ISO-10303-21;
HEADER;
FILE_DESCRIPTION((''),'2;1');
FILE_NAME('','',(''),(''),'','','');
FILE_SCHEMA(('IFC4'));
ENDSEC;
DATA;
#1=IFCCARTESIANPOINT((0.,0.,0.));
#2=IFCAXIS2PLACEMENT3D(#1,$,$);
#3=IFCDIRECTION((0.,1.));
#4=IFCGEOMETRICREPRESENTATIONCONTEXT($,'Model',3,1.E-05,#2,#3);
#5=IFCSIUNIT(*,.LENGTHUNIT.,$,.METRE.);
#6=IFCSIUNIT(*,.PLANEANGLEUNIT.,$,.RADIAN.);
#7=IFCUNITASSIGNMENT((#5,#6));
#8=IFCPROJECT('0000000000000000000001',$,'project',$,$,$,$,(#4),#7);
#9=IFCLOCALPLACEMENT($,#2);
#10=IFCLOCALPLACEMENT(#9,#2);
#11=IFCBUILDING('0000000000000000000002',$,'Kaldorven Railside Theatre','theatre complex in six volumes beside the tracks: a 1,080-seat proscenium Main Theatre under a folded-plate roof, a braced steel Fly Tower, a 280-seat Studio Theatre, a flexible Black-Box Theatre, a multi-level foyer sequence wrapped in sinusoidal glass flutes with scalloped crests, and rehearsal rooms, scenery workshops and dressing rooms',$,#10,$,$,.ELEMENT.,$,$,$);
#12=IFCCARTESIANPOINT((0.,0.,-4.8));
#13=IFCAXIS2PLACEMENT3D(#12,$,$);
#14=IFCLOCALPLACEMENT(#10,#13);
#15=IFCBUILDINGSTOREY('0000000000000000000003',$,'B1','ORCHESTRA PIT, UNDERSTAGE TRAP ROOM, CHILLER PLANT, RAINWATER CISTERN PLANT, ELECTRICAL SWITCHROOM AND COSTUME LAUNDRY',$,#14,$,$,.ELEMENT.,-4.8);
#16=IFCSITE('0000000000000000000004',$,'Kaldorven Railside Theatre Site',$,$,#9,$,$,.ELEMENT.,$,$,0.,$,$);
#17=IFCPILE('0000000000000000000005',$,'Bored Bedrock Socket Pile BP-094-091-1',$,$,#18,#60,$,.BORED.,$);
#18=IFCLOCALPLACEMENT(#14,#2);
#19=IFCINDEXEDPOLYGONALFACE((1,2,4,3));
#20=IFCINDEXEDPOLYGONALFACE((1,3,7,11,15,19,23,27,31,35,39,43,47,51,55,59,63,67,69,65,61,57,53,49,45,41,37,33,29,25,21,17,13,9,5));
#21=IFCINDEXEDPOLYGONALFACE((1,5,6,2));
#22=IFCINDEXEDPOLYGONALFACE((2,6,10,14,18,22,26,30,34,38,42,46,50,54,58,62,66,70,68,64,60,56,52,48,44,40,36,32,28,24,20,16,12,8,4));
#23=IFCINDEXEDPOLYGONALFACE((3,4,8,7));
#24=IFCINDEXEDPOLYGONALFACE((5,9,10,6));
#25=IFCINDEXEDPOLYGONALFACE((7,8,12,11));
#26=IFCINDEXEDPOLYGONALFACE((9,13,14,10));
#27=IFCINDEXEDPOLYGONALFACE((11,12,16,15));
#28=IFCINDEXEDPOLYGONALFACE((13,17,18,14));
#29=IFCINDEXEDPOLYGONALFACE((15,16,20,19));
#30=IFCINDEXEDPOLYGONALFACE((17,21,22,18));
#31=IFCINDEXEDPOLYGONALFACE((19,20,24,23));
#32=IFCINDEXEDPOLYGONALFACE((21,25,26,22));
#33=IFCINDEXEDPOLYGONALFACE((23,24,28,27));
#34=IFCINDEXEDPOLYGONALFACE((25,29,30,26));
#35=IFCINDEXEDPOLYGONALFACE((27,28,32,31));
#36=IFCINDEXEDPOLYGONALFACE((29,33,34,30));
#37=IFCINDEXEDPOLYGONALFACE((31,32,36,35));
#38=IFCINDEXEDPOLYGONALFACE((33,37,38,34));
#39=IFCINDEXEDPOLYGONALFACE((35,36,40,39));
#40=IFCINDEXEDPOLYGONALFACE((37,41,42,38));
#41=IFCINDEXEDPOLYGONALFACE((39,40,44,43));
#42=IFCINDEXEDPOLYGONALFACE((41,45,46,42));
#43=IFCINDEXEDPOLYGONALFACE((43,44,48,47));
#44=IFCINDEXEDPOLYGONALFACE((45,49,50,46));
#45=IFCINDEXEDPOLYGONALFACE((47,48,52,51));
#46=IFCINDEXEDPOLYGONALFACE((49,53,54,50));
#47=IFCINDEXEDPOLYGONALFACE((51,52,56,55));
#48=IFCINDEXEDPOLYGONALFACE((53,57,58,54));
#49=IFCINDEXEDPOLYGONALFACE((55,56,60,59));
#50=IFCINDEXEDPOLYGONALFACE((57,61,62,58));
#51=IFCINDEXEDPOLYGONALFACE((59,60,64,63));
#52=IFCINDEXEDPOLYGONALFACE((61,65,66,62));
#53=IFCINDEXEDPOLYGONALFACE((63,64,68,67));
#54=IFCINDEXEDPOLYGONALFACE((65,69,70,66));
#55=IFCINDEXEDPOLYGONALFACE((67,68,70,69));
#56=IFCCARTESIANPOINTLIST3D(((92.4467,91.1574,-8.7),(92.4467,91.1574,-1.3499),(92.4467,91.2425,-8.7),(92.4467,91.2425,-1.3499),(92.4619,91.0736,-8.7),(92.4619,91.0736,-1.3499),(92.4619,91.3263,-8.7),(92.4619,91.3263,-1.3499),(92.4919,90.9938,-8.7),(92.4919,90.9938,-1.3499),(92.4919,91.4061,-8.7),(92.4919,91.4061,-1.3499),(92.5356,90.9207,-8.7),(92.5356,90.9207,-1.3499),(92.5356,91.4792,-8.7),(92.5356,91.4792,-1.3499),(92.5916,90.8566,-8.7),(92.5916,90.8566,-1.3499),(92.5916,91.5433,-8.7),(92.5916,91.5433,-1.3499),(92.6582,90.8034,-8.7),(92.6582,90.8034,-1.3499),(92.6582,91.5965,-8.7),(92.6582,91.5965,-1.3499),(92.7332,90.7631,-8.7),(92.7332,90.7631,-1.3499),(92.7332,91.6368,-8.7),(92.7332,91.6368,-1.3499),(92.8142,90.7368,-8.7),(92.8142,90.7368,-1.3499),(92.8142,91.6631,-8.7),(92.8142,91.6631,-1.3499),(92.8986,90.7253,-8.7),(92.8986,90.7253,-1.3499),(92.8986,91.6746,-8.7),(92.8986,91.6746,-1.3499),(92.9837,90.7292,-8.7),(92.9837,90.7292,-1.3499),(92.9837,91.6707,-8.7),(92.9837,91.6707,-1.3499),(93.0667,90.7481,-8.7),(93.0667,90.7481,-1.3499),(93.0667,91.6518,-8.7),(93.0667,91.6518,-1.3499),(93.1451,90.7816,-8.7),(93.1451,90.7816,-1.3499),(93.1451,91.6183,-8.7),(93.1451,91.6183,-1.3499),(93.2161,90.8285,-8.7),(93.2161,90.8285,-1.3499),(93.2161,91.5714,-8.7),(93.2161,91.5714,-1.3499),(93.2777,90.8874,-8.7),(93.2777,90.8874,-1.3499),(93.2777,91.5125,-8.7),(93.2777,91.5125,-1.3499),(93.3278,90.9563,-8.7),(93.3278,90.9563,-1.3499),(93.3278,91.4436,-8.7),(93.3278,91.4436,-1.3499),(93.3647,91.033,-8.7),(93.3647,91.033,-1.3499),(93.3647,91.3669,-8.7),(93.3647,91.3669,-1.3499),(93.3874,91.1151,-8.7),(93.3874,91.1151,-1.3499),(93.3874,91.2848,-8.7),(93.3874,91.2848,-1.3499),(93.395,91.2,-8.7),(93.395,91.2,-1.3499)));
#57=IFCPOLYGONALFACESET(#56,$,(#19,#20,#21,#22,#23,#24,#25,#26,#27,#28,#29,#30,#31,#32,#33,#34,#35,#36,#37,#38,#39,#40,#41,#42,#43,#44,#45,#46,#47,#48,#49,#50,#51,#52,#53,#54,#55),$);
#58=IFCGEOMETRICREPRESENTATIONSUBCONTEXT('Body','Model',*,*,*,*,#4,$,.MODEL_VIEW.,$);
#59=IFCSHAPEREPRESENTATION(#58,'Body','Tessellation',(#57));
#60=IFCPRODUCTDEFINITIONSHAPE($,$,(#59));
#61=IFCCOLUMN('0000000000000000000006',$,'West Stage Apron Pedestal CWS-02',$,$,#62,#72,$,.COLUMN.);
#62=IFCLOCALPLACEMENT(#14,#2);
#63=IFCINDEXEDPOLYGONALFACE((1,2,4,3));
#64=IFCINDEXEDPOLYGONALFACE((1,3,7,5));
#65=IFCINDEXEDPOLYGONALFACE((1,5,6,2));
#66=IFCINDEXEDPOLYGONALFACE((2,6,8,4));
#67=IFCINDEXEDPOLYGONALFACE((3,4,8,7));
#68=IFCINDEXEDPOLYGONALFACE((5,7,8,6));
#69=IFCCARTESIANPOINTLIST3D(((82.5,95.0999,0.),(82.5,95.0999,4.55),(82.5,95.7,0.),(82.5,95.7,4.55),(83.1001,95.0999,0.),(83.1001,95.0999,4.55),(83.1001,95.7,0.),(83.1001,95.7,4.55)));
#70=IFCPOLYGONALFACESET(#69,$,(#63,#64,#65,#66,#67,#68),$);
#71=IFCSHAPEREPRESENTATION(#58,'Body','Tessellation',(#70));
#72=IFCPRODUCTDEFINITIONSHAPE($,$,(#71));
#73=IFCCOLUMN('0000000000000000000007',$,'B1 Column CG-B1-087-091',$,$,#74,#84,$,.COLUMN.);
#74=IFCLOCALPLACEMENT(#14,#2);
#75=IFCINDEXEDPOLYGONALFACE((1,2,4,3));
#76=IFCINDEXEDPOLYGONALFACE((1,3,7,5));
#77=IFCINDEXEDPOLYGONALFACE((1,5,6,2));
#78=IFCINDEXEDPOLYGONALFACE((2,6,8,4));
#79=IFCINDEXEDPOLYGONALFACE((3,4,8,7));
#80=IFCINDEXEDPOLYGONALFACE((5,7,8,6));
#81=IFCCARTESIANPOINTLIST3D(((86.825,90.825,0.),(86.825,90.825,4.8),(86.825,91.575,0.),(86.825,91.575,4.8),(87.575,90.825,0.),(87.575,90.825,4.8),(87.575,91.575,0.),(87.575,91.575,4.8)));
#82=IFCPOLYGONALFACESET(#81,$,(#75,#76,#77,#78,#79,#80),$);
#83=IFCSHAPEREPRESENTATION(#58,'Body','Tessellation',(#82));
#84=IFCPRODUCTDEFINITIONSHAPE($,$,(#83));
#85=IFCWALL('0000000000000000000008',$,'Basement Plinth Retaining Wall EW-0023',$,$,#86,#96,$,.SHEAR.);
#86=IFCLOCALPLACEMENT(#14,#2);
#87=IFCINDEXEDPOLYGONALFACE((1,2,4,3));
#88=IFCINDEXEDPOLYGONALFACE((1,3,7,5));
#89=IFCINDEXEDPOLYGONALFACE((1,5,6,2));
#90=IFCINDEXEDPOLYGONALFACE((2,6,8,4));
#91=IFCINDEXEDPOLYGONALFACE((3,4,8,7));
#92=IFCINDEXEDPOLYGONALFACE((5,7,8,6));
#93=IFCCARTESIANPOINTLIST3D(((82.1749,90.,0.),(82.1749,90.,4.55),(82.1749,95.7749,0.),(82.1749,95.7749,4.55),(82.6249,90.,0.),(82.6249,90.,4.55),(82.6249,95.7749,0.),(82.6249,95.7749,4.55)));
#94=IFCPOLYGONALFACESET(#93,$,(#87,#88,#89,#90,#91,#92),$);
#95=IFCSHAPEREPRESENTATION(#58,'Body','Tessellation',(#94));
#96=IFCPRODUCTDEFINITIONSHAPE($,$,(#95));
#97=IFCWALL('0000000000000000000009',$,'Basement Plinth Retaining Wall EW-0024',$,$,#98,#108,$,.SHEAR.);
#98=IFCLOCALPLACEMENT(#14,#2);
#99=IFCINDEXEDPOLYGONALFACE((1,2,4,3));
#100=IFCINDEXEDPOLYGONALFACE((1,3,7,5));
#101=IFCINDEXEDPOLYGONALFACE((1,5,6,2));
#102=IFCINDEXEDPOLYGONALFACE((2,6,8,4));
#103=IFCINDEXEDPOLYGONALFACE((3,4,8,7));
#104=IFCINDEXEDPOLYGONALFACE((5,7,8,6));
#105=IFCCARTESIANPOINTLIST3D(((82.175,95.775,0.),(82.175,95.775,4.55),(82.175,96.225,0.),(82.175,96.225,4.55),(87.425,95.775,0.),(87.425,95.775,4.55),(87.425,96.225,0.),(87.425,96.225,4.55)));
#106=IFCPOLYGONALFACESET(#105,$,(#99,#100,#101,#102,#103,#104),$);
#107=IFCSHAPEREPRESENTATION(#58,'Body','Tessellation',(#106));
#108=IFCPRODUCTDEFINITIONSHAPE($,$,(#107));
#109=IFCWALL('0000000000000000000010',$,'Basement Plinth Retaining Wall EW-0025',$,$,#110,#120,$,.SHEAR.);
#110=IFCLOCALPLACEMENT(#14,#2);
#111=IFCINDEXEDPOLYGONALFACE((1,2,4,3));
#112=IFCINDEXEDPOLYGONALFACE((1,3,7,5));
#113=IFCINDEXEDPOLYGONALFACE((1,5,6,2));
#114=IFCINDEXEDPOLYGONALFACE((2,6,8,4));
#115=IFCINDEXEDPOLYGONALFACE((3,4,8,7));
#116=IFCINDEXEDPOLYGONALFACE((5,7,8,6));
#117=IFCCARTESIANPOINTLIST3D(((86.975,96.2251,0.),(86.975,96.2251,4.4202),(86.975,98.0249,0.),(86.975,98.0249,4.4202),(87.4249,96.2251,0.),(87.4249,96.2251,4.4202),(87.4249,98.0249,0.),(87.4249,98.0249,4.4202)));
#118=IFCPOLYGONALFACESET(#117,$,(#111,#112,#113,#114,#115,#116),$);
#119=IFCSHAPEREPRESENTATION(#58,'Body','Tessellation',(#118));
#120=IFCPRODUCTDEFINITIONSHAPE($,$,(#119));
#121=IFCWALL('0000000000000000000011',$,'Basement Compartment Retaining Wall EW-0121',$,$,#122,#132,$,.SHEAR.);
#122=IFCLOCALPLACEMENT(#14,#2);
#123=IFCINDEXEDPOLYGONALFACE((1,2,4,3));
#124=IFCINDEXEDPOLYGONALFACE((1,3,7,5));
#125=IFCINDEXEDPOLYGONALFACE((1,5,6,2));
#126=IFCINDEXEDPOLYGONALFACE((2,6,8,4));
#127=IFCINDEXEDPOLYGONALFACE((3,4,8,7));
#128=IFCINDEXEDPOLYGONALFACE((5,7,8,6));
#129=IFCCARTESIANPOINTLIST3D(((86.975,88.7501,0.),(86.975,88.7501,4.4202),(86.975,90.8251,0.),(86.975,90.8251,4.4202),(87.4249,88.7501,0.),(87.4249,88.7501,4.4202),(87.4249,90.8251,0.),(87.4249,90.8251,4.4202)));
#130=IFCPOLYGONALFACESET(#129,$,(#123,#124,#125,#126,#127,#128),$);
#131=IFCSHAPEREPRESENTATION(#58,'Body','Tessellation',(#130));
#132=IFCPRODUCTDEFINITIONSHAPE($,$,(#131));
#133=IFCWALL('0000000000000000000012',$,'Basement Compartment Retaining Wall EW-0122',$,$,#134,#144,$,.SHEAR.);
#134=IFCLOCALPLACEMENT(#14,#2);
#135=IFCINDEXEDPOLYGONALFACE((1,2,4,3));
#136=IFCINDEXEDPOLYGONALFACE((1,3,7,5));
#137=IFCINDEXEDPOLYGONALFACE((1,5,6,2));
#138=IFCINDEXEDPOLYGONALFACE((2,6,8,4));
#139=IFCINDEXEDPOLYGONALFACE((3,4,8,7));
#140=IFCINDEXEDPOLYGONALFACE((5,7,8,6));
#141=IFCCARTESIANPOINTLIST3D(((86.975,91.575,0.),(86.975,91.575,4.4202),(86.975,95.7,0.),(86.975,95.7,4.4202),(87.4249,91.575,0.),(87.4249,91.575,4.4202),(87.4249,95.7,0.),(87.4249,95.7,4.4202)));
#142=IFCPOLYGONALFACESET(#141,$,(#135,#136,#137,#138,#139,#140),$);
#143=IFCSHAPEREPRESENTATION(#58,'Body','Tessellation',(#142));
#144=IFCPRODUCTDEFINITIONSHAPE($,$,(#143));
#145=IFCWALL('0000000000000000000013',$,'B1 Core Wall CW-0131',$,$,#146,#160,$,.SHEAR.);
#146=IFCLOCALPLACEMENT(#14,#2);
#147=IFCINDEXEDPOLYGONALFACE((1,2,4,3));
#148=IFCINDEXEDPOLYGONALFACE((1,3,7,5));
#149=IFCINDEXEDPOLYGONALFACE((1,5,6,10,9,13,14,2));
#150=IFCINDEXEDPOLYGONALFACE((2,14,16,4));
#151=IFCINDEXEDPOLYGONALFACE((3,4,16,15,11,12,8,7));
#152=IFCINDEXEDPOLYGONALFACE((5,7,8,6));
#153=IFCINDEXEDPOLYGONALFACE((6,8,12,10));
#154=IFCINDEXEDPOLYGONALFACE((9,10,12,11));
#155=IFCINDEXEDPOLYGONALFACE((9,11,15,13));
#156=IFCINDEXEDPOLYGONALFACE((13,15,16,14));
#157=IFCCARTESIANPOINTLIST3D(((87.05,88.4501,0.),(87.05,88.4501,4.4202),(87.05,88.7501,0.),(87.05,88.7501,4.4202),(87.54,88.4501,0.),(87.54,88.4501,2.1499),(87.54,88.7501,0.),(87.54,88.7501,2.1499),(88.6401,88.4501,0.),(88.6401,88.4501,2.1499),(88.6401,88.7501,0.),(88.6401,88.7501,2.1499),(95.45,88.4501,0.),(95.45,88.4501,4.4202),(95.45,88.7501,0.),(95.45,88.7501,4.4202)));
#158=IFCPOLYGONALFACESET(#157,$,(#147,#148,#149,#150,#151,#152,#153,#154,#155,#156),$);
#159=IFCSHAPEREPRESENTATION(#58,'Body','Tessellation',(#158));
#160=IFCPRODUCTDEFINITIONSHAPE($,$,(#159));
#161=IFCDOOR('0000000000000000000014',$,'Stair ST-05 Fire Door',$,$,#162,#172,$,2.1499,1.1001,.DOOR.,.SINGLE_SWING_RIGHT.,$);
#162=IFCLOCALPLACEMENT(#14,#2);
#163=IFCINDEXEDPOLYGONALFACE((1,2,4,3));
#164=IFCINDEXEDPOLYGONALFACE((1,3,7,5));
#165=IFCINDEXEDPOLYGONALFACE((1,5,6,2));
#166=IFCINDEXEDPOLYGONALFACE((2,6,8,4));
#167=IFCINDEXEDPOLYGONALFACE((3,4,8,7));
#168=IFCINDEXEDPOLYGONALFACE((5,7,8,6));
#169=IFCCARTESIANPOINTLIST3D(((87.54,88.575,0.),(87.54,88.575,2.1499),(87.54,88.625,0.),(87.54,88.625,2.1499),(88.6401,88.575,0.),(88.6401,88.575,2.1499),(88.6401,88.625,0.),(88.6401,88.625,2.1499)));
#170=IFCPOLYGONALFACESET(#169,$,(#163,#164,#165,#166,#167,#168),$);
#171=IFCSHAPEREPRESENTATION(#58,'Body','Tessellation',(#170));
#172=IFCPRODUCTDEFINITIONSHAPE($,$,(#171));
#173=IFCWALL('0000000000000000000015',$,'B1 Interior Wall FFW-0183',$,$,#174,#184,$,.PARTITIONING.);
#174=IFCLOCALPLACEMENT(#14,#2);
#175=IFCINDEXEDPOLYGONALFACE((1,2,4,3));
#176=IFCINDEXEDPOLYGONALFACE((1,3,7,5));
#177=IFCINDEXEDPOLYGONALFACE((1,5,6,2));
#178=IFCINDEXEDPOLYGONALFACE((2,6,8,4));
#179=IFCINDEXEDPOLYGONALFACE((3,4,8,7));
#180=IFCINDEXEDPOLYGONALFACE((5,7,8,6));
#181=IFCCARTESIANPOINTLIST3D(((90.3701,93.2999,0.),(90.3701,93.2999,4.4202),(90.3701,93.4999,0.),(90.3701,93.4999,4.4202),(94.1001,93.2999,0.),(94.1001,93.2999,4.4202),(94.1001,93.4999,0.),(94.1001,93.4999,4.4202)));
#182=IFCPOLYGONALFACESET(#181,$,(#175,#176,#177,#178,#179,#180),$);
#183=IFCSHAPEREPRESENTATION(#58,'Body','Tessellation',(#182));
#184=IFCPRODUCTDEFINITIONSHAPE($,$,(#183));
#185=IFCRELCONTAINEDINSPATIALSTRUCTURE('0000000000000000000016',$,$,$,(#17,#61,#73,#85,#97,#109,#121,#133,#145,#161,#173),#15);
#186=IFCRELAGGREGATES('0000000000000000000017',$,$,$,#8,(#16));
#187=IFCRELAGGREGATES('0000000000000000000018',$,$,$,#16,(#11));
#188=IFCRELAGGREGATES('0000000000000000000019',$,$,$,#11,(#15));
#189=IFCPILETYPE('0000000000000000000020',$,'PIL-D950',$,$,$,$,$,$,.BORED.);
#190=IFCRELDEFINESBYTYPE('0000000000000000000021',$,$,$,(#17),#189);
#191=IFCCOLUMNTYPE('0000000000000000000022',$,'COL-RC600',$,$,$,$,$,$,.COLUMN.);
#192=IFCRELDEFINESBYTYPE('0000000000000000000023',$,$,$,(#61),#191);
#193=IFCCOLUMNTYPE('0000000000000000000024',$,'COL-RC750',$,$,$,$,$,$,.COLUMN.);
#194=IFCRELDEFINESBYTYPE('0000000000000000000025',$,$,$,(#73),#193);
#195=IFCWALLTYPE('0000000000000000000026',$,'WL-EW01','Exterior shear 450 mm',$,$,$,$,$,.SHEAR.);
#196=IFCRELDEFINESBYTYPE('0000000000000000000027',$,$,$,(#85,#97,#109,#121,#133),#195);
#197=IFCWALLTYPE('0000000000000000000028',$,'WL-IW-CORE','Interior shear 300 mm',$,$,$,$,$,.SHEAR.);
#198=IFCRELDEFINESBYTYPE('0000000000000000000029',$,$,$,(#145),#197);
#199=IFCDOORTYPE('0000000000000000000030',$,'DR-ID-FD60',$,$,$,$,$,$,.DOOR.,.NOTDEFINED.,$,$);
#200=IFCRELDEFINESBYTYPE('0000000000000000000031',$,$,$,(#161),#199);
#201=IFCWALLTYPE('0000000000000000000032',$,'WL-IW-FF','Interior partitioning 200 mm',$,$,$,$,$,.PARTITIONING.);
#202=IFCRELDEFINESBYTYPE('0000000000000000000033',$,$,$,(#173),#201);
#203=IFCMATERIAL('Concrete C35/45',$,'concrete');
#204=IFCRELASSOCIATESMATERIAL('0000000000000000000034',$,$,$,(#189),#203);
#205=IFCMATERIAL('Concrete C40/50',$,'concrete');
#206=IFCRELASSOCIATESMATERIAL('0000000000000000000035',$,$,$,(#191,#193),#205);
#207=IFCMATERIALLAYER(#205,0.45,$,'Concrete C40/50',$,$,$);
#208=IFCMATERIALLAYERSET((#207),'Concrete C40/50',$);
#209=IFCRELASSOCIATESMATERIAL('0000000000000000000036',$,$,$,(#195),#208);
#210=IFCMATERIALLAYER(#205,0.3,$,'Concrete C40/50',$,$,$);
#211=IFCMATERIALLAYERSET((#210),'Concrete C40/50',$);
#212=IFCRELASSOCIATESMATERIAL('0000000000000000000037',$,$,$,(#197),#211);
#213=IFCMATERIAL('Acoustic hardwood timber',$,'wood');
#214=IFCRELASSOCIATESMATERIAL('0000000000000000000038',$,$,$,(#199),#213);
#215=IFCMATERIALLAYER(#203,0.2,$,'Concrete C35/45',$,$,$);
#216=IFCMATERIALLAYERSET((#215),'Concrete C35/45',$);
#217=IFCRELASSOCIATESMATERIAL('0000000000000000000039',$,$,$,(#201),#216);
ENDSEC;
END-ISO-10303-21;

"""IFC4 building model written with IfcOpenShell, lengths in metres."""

from ifc_helpers import new_model, si_unit, direction, frame, frame_2d, origin, origin_2d, place, context, subcontext, project, spatial, rectangle, circle, extrude, material, layer, layer_set, material_profile, profile_set, type_object, element, fill, save


model = new_model("IFC4")

# Units and contexts
model_context = context("Model", 3, precision=1e-05, world=origin(), true_north=direction((0.0, 1.0)))
body_context = subcontext(model_context, "Body", "Model", "MODEL_VIEW")
ifc_project = project(units=[si_unit("LENGTHUNIT", "METRE"), si_unit("PLANEANGLEUNIT", "RADIAN")], contexts=[model_context])

# Site, building, storey
site_placement = place(None, origin())
site = spatial("IfcSite", under=ifc_project, at=site_placement, Name="Kaldorven Railside Theatre Site", CompositionType="ELEMENT", RefElevation=0.0)
building_placement = place(site_placement, origin())
building = spatial("IfcBuilding", under=site, at=building_placement, Name="Kaldorven Railside Theatre", Description="theatre complex in six volumes beside the tracks: a 1,080-seat proscenium Main Theatre under a folded-plate roof, a braced steel Fly Tower, a 280-seat Studio Theatre, a flexible Black-Box Theatre, a multi-level foyer sequence wrapped in sinusoidal glass flutes with scalloped crests, and rehearsal rooms, scenery workshops and dressing rooms", CompositionType="ELEMENT")
storey_placement = place(building_placement, frame((0.0, 0.0, -4.8)))
storey = spatial("IfcBuildingStorey", under=building, at=storey_placement, Name="B1", Description="ORCHESTRA PIT, UNDERSTAGE TRAP ROOM, CHILLER PLANT, RAINWATER CISTERN PLANT, ELECTRICAL SWITCHROOM AND COSTUME LAUNDRY", CompositionType="ELEMENT", Elevation=-4.8)

# Shared definitions
ifc_material_1 = material(Name="Concrete C40/50", Category="concrete")

# Pile
ifc_material_2 = material(Name="Concrete C35/45", Category="concrete")
ifc_material_profile_1 = material_profile(ifc_material_2, circle(Radius=0.4751, at=origin_2d()), Name="BP D950")
ifc_profile_set_1 = profile_set([ifc_material_profile_1], Name="Concrete C35/45")
pile_type_1 = type_object("IfcPileType", Name="PIL-D950", PredefinedType="BORED", material=ifc_profile_set_1)
pile_1_placement = place(storey_placement, frame((92.9199, 91.2, -1.3499), z_axis=(0.0, 0.0, -1.0), x_axis=(1.0, 0.0, 0.0)))
element("IfcPile", 1, at=pile_1_placement, inside=storey, type_object=pile_type_1, Name="Bored Bedrock Socket Pile BP-094-091-1", PredefinedType="BORED", context=body_context, shape_type="SweptSolid", body=[
    extrude(circle(Radius=0.4751, at=origin_2d()), origin(), (0.0, 0.0, 1.0), 7.3501),
])

# Columns
ifc_material_profile_2 = material_profile(ifc_material_1, rectangle(XDim=0.6001, YDim=0.6001, at=origin_2d()), Name="RC 600x600")
ifc_profile_set_2 = profile_set([ifc_material_profile_2], Name="Concrete C40/50")
column_type_1 = type_object("IfcColumnType", Name="COL-RC600", PredefinedType="COLUMN", material=ifc_profile_set_2)
column_1_placement = place(storey_placement, frame((82.8, 95.3999, 0.0), z_axis=(0.0, 0.0, 1.0), x_axis=(1.0, 0.0, 0.0)))
element("IfcColumn", 2, at=column_1_placement, inside=storey, type_object=column_type_1, Name="West Stage Apron Pedestal CWS-02", PredefinedType="COLUMN", context=body_context, shape_type="SweptSolid", body=[
    extrude(rectangle(XDim=0.6001, YDim=0.6001, at=origin_2d()), origin(), (0.0, 0.0, 1.0), 4.55),
])
ifc_material_profile_3 = material_profile(ifc_material_1, rectangle(XDim=0.75, YDim=0.75, at=origin_2d()), Name="RC 750x750")
ifc_profile_set_3 = profile_set([ifc_material_profile_3], Name="Concrete C40/50")
column_type_2 = type_object("IfcColumnType", Name="COL-RC750", PredefinedType="COLUMN", material=ifc_profile_set_3)
column_2_placement = place(storey_placement, frame((87.2, 91.2, 0.0), z_axis=(0.0, 0.0, 1.0), x_axis=(1.0, 0.0, 0.0)))
element("IfcColumn", 3, at=column_2_placement, inside=storey, type_object=column_type_2, Name="B1 Column CG-B1-087-091", PredefinedType="COLUMN", context=body_context, shape_type="SweptSolid", body=[
    extrude(rectangle(XDim=0.75, YDim=0.75, at=origin_2d()), origin(), (0.0, 0.0, 1.0), 4.8),
])

# Walls
ifc_layer_1 = layer(ifc_material_1, 0.45, Name="Concrete C40/50")
ifc_layer_set_1 = layer_set([ifc_layer_1], Name="Concrete C40/50")
wall_type_1 = type_object("IfcWallType", Name="WL-EW01", Description="Exterior shear 450 mm", PredefinedType="SHEAR", material=ifc_layer_set_1)
wall_1_placement = place(storey_placement, frame((82.3999, 90.0, 0.0), z_axis=(0.0, 0.0, 1.0), x_axis=(0.0, 1.0, 0.0)))
element("IfcWall", 4, at=wall_1_placement, inside=storey, type_object=wall_type_1, Name="Basement Plinth Retaining Wall EW-0023", PredefinedType="SHEAR", context=body_context, shape_type="SweptSolid", body=[
    extrude(rectangle(XDim=5.7749, YDim=0.45, at=frame_2d((2.8875, 0.0))), origin(), (0.0, 0.0, 1.0), 4.55),
])
wall_2_placement = place(storey_placement, frame((82.175, 96.0, 0.0), z_axis=(0.0, 0.0, 1.0), x_axis=(1.0, 0.0, 0.0)))
element("IfcWall", 5, at=wall_2_placement, inside=storey, type_object=wall_type_1, Name="Basement Plinth Retaining Wall EW-0024", PredefinedType="SHEAR", context=body_context, shape_type="SweptSolid", body=[
    extrude(rectangle(XDim=5.25, YDim=0.45, at=frame_2d((2.625, 0.0))), origin(), (0.0, 0.0, 1.0), 4.55),
])
wall_3_placement = place(storey_placement, frame((87.2, 96.2251, 0.0), z_axis=(0.0, 0.0, 1.0), x_axis=(0.0, 1.0, 0.0)))
element("IfcWall", 6, at=wall_3_placement, inside=storey, type_object=wall_type_1, Name="Basement Plinth Retaining Wall EW-0025", PredefinedType="SHEAR", context=body_context, shape_type="SweptSolid", body=[
    extrude(rectangle(XDim=1.7998, YDim=0.45, at=frame_2d((0.8999, 0.0))), origin(), (0.0, 0.0, 1.0), 4.4202),
])
wall_4_placement = place(storey_placement, frame((87.2, 88.75, 0.0), z_axis=(0.0, 0.0, 1.0), x_axis=(0.0, 1.0, 0.0)))
element("IfcWall", 7, at=wall_4_placement, inside=storey, type_object=wall_type_1, Name="Basement Compartment Retaining Wall EW-0121", PredefinedType="SHEAR", context=body_context, shape_type="SweptSolid", body=[
    extrude(rectangle(XDim=2.075, YDim=0.45, at=frame_2d((1.0376, 0.0))), origin(), (0.0, 0.0, 1.0), 4.4202),
])
wall_5_placement = place(storey_placement, frame((87.2, 91.575, 0.0), z_axis=(0.0, 0.0, 1.0), x_axis=(0.0, 1.0, 0.0)))
element("IfcWall", 8, at=wall_5_placement, inside=storey, type_object=wall_type_1, Name="Basement Compartment Retaining Wall EW-0122", PredefinedType="SHEAR", context=body_context, shape_type="SweptSolid", body=[
    extrude(rectangle(XDim=4.125, YDim=0.45, at=frame_2d((2.0625, 0.0))), origin(), (0.0, 0.0, 1.0), 4.4202),
])

# Wall, opening, door
ifc_layer_2 = layer(ifc_material_1, 0.3, Name="Concrete C40/50")
ifc_layer_set_2 = layer_set([ifc_layer_2], Name="Concrete C40/50")
wall_type_2 = type_object("IfcWallType", Name="WL-IW-CORE", Description="Interior shear 300 mm", PredefinedType="SHEAR", material=ifc_layer_set_2)
wall_6_placement = place(storey_placement, frame((87.05, 88.6001, 0.0), z_axis=(0.0, 0.0, 1.0), x_axis=(1.0, 0.0, 0.0)))
wall_6 = element("IfcWall", 9, at=wall_6_placement, inside=storey, type_object=wall_type_2, Name="B1 Core Wall CW-0131", PredefinedType="SHEAR", context=body_context, shape_type="SweptSolid", body=[
    extrude(rectangle(XDim=8.3999, YDim=0.3, at=frame_2d((4.2, 0.0))), origin(), (0.0, 0.0, 1.0), 4.4202),
])
opening_1_placement = place(wall_6_placement, frame((0.49, 0.0, 0.0)))
opening_1 = element("IfcOpeningElement", 10, at=opening_1_placement, cuts=wall_6, PredefinedType="OPENING", context=body_context, shape_type="SweptSolid", body=[
    extrude(rectangle(XDim=1.1001, YDim=2.1499, at=frame_2d((0.55, 1.075))), frame((0.0, 0.1602, 0.0), z_axis=(0.0, -1.0, 0.0), x_axis=(1.0, 0.0, 0.0)), (0.0, 0.0, 1.0), 0.3201),
])
ifc_material_3 = material(Name="Acoustic hardwood timber", Category="wood")
door_type_1 = type_object("IfcDoorType", Name="DR-ID-FD60", OperationType="NOTDEFINED", PredefinedType="DOOR", material=ifc_material_3)
door_1_placement = place(opening_1_placement, origin())
door_1 = element("IfcDoor", 11, at=door_1_placement, inside=storey, type_object=door_type_1, Name="Stair ST-05 Fire Door", OperationType="SINGLE_SWING_RIGHT", OverallHeight=2.1499, OverallWidth=1.1001, PredefinedType="DOOR", context=body_context, shape_type="SweptSolid", body=[
    extrude(rectangle(XDim=1.1001, YDim=2.1499, at=frame_2d((0.55, 1.075))), frame((0.0, 0.0249, 0.0), z_axis=(0.0, -1.0, 0.0), x_axis=(1.0, 0.0, 0.0)), (0.0, 0.0, 1.0), 0.05),
])
fill(opening_1, door_1)

# Wall
ifc_layer_3 = layer(ifc_material_2, 0.2, Name="Concrete C35/45")
ifc_layer_set_3 = layer_set([ifc_layer_3], Name="Concrete C35/45")
wall_type_3 = type_object("IfcWallType", Name="WL-IW-FF", Description="Interior partitioning 200 mm", PredefinedType="PARTITIONING", material=ifc_layer_set_3)
wall_7_placement = place(storey_placement, frame((90.3701, 93.3999, 0.0), z_axis=(0.0, 0.0, 1.0), x_axis=(1.0, 0.0, 0.0)))
element("IfcWall", 12, at=wall_7_placement, inside=storey, type_object=wall_type_3, Name="B1 Interior Wall FFW-0183", PredefinedType="PARTITIONING", context=body_context, shape_type="SweptSolid", body=[
    extrude(rectangle(XDim=3.73, YDim=0.2, at=frame_2d((1.865, 0.0))), origin(), (0.0, 0.0, 1.0), 4.4202),
])

save(model, "model.ifc")
